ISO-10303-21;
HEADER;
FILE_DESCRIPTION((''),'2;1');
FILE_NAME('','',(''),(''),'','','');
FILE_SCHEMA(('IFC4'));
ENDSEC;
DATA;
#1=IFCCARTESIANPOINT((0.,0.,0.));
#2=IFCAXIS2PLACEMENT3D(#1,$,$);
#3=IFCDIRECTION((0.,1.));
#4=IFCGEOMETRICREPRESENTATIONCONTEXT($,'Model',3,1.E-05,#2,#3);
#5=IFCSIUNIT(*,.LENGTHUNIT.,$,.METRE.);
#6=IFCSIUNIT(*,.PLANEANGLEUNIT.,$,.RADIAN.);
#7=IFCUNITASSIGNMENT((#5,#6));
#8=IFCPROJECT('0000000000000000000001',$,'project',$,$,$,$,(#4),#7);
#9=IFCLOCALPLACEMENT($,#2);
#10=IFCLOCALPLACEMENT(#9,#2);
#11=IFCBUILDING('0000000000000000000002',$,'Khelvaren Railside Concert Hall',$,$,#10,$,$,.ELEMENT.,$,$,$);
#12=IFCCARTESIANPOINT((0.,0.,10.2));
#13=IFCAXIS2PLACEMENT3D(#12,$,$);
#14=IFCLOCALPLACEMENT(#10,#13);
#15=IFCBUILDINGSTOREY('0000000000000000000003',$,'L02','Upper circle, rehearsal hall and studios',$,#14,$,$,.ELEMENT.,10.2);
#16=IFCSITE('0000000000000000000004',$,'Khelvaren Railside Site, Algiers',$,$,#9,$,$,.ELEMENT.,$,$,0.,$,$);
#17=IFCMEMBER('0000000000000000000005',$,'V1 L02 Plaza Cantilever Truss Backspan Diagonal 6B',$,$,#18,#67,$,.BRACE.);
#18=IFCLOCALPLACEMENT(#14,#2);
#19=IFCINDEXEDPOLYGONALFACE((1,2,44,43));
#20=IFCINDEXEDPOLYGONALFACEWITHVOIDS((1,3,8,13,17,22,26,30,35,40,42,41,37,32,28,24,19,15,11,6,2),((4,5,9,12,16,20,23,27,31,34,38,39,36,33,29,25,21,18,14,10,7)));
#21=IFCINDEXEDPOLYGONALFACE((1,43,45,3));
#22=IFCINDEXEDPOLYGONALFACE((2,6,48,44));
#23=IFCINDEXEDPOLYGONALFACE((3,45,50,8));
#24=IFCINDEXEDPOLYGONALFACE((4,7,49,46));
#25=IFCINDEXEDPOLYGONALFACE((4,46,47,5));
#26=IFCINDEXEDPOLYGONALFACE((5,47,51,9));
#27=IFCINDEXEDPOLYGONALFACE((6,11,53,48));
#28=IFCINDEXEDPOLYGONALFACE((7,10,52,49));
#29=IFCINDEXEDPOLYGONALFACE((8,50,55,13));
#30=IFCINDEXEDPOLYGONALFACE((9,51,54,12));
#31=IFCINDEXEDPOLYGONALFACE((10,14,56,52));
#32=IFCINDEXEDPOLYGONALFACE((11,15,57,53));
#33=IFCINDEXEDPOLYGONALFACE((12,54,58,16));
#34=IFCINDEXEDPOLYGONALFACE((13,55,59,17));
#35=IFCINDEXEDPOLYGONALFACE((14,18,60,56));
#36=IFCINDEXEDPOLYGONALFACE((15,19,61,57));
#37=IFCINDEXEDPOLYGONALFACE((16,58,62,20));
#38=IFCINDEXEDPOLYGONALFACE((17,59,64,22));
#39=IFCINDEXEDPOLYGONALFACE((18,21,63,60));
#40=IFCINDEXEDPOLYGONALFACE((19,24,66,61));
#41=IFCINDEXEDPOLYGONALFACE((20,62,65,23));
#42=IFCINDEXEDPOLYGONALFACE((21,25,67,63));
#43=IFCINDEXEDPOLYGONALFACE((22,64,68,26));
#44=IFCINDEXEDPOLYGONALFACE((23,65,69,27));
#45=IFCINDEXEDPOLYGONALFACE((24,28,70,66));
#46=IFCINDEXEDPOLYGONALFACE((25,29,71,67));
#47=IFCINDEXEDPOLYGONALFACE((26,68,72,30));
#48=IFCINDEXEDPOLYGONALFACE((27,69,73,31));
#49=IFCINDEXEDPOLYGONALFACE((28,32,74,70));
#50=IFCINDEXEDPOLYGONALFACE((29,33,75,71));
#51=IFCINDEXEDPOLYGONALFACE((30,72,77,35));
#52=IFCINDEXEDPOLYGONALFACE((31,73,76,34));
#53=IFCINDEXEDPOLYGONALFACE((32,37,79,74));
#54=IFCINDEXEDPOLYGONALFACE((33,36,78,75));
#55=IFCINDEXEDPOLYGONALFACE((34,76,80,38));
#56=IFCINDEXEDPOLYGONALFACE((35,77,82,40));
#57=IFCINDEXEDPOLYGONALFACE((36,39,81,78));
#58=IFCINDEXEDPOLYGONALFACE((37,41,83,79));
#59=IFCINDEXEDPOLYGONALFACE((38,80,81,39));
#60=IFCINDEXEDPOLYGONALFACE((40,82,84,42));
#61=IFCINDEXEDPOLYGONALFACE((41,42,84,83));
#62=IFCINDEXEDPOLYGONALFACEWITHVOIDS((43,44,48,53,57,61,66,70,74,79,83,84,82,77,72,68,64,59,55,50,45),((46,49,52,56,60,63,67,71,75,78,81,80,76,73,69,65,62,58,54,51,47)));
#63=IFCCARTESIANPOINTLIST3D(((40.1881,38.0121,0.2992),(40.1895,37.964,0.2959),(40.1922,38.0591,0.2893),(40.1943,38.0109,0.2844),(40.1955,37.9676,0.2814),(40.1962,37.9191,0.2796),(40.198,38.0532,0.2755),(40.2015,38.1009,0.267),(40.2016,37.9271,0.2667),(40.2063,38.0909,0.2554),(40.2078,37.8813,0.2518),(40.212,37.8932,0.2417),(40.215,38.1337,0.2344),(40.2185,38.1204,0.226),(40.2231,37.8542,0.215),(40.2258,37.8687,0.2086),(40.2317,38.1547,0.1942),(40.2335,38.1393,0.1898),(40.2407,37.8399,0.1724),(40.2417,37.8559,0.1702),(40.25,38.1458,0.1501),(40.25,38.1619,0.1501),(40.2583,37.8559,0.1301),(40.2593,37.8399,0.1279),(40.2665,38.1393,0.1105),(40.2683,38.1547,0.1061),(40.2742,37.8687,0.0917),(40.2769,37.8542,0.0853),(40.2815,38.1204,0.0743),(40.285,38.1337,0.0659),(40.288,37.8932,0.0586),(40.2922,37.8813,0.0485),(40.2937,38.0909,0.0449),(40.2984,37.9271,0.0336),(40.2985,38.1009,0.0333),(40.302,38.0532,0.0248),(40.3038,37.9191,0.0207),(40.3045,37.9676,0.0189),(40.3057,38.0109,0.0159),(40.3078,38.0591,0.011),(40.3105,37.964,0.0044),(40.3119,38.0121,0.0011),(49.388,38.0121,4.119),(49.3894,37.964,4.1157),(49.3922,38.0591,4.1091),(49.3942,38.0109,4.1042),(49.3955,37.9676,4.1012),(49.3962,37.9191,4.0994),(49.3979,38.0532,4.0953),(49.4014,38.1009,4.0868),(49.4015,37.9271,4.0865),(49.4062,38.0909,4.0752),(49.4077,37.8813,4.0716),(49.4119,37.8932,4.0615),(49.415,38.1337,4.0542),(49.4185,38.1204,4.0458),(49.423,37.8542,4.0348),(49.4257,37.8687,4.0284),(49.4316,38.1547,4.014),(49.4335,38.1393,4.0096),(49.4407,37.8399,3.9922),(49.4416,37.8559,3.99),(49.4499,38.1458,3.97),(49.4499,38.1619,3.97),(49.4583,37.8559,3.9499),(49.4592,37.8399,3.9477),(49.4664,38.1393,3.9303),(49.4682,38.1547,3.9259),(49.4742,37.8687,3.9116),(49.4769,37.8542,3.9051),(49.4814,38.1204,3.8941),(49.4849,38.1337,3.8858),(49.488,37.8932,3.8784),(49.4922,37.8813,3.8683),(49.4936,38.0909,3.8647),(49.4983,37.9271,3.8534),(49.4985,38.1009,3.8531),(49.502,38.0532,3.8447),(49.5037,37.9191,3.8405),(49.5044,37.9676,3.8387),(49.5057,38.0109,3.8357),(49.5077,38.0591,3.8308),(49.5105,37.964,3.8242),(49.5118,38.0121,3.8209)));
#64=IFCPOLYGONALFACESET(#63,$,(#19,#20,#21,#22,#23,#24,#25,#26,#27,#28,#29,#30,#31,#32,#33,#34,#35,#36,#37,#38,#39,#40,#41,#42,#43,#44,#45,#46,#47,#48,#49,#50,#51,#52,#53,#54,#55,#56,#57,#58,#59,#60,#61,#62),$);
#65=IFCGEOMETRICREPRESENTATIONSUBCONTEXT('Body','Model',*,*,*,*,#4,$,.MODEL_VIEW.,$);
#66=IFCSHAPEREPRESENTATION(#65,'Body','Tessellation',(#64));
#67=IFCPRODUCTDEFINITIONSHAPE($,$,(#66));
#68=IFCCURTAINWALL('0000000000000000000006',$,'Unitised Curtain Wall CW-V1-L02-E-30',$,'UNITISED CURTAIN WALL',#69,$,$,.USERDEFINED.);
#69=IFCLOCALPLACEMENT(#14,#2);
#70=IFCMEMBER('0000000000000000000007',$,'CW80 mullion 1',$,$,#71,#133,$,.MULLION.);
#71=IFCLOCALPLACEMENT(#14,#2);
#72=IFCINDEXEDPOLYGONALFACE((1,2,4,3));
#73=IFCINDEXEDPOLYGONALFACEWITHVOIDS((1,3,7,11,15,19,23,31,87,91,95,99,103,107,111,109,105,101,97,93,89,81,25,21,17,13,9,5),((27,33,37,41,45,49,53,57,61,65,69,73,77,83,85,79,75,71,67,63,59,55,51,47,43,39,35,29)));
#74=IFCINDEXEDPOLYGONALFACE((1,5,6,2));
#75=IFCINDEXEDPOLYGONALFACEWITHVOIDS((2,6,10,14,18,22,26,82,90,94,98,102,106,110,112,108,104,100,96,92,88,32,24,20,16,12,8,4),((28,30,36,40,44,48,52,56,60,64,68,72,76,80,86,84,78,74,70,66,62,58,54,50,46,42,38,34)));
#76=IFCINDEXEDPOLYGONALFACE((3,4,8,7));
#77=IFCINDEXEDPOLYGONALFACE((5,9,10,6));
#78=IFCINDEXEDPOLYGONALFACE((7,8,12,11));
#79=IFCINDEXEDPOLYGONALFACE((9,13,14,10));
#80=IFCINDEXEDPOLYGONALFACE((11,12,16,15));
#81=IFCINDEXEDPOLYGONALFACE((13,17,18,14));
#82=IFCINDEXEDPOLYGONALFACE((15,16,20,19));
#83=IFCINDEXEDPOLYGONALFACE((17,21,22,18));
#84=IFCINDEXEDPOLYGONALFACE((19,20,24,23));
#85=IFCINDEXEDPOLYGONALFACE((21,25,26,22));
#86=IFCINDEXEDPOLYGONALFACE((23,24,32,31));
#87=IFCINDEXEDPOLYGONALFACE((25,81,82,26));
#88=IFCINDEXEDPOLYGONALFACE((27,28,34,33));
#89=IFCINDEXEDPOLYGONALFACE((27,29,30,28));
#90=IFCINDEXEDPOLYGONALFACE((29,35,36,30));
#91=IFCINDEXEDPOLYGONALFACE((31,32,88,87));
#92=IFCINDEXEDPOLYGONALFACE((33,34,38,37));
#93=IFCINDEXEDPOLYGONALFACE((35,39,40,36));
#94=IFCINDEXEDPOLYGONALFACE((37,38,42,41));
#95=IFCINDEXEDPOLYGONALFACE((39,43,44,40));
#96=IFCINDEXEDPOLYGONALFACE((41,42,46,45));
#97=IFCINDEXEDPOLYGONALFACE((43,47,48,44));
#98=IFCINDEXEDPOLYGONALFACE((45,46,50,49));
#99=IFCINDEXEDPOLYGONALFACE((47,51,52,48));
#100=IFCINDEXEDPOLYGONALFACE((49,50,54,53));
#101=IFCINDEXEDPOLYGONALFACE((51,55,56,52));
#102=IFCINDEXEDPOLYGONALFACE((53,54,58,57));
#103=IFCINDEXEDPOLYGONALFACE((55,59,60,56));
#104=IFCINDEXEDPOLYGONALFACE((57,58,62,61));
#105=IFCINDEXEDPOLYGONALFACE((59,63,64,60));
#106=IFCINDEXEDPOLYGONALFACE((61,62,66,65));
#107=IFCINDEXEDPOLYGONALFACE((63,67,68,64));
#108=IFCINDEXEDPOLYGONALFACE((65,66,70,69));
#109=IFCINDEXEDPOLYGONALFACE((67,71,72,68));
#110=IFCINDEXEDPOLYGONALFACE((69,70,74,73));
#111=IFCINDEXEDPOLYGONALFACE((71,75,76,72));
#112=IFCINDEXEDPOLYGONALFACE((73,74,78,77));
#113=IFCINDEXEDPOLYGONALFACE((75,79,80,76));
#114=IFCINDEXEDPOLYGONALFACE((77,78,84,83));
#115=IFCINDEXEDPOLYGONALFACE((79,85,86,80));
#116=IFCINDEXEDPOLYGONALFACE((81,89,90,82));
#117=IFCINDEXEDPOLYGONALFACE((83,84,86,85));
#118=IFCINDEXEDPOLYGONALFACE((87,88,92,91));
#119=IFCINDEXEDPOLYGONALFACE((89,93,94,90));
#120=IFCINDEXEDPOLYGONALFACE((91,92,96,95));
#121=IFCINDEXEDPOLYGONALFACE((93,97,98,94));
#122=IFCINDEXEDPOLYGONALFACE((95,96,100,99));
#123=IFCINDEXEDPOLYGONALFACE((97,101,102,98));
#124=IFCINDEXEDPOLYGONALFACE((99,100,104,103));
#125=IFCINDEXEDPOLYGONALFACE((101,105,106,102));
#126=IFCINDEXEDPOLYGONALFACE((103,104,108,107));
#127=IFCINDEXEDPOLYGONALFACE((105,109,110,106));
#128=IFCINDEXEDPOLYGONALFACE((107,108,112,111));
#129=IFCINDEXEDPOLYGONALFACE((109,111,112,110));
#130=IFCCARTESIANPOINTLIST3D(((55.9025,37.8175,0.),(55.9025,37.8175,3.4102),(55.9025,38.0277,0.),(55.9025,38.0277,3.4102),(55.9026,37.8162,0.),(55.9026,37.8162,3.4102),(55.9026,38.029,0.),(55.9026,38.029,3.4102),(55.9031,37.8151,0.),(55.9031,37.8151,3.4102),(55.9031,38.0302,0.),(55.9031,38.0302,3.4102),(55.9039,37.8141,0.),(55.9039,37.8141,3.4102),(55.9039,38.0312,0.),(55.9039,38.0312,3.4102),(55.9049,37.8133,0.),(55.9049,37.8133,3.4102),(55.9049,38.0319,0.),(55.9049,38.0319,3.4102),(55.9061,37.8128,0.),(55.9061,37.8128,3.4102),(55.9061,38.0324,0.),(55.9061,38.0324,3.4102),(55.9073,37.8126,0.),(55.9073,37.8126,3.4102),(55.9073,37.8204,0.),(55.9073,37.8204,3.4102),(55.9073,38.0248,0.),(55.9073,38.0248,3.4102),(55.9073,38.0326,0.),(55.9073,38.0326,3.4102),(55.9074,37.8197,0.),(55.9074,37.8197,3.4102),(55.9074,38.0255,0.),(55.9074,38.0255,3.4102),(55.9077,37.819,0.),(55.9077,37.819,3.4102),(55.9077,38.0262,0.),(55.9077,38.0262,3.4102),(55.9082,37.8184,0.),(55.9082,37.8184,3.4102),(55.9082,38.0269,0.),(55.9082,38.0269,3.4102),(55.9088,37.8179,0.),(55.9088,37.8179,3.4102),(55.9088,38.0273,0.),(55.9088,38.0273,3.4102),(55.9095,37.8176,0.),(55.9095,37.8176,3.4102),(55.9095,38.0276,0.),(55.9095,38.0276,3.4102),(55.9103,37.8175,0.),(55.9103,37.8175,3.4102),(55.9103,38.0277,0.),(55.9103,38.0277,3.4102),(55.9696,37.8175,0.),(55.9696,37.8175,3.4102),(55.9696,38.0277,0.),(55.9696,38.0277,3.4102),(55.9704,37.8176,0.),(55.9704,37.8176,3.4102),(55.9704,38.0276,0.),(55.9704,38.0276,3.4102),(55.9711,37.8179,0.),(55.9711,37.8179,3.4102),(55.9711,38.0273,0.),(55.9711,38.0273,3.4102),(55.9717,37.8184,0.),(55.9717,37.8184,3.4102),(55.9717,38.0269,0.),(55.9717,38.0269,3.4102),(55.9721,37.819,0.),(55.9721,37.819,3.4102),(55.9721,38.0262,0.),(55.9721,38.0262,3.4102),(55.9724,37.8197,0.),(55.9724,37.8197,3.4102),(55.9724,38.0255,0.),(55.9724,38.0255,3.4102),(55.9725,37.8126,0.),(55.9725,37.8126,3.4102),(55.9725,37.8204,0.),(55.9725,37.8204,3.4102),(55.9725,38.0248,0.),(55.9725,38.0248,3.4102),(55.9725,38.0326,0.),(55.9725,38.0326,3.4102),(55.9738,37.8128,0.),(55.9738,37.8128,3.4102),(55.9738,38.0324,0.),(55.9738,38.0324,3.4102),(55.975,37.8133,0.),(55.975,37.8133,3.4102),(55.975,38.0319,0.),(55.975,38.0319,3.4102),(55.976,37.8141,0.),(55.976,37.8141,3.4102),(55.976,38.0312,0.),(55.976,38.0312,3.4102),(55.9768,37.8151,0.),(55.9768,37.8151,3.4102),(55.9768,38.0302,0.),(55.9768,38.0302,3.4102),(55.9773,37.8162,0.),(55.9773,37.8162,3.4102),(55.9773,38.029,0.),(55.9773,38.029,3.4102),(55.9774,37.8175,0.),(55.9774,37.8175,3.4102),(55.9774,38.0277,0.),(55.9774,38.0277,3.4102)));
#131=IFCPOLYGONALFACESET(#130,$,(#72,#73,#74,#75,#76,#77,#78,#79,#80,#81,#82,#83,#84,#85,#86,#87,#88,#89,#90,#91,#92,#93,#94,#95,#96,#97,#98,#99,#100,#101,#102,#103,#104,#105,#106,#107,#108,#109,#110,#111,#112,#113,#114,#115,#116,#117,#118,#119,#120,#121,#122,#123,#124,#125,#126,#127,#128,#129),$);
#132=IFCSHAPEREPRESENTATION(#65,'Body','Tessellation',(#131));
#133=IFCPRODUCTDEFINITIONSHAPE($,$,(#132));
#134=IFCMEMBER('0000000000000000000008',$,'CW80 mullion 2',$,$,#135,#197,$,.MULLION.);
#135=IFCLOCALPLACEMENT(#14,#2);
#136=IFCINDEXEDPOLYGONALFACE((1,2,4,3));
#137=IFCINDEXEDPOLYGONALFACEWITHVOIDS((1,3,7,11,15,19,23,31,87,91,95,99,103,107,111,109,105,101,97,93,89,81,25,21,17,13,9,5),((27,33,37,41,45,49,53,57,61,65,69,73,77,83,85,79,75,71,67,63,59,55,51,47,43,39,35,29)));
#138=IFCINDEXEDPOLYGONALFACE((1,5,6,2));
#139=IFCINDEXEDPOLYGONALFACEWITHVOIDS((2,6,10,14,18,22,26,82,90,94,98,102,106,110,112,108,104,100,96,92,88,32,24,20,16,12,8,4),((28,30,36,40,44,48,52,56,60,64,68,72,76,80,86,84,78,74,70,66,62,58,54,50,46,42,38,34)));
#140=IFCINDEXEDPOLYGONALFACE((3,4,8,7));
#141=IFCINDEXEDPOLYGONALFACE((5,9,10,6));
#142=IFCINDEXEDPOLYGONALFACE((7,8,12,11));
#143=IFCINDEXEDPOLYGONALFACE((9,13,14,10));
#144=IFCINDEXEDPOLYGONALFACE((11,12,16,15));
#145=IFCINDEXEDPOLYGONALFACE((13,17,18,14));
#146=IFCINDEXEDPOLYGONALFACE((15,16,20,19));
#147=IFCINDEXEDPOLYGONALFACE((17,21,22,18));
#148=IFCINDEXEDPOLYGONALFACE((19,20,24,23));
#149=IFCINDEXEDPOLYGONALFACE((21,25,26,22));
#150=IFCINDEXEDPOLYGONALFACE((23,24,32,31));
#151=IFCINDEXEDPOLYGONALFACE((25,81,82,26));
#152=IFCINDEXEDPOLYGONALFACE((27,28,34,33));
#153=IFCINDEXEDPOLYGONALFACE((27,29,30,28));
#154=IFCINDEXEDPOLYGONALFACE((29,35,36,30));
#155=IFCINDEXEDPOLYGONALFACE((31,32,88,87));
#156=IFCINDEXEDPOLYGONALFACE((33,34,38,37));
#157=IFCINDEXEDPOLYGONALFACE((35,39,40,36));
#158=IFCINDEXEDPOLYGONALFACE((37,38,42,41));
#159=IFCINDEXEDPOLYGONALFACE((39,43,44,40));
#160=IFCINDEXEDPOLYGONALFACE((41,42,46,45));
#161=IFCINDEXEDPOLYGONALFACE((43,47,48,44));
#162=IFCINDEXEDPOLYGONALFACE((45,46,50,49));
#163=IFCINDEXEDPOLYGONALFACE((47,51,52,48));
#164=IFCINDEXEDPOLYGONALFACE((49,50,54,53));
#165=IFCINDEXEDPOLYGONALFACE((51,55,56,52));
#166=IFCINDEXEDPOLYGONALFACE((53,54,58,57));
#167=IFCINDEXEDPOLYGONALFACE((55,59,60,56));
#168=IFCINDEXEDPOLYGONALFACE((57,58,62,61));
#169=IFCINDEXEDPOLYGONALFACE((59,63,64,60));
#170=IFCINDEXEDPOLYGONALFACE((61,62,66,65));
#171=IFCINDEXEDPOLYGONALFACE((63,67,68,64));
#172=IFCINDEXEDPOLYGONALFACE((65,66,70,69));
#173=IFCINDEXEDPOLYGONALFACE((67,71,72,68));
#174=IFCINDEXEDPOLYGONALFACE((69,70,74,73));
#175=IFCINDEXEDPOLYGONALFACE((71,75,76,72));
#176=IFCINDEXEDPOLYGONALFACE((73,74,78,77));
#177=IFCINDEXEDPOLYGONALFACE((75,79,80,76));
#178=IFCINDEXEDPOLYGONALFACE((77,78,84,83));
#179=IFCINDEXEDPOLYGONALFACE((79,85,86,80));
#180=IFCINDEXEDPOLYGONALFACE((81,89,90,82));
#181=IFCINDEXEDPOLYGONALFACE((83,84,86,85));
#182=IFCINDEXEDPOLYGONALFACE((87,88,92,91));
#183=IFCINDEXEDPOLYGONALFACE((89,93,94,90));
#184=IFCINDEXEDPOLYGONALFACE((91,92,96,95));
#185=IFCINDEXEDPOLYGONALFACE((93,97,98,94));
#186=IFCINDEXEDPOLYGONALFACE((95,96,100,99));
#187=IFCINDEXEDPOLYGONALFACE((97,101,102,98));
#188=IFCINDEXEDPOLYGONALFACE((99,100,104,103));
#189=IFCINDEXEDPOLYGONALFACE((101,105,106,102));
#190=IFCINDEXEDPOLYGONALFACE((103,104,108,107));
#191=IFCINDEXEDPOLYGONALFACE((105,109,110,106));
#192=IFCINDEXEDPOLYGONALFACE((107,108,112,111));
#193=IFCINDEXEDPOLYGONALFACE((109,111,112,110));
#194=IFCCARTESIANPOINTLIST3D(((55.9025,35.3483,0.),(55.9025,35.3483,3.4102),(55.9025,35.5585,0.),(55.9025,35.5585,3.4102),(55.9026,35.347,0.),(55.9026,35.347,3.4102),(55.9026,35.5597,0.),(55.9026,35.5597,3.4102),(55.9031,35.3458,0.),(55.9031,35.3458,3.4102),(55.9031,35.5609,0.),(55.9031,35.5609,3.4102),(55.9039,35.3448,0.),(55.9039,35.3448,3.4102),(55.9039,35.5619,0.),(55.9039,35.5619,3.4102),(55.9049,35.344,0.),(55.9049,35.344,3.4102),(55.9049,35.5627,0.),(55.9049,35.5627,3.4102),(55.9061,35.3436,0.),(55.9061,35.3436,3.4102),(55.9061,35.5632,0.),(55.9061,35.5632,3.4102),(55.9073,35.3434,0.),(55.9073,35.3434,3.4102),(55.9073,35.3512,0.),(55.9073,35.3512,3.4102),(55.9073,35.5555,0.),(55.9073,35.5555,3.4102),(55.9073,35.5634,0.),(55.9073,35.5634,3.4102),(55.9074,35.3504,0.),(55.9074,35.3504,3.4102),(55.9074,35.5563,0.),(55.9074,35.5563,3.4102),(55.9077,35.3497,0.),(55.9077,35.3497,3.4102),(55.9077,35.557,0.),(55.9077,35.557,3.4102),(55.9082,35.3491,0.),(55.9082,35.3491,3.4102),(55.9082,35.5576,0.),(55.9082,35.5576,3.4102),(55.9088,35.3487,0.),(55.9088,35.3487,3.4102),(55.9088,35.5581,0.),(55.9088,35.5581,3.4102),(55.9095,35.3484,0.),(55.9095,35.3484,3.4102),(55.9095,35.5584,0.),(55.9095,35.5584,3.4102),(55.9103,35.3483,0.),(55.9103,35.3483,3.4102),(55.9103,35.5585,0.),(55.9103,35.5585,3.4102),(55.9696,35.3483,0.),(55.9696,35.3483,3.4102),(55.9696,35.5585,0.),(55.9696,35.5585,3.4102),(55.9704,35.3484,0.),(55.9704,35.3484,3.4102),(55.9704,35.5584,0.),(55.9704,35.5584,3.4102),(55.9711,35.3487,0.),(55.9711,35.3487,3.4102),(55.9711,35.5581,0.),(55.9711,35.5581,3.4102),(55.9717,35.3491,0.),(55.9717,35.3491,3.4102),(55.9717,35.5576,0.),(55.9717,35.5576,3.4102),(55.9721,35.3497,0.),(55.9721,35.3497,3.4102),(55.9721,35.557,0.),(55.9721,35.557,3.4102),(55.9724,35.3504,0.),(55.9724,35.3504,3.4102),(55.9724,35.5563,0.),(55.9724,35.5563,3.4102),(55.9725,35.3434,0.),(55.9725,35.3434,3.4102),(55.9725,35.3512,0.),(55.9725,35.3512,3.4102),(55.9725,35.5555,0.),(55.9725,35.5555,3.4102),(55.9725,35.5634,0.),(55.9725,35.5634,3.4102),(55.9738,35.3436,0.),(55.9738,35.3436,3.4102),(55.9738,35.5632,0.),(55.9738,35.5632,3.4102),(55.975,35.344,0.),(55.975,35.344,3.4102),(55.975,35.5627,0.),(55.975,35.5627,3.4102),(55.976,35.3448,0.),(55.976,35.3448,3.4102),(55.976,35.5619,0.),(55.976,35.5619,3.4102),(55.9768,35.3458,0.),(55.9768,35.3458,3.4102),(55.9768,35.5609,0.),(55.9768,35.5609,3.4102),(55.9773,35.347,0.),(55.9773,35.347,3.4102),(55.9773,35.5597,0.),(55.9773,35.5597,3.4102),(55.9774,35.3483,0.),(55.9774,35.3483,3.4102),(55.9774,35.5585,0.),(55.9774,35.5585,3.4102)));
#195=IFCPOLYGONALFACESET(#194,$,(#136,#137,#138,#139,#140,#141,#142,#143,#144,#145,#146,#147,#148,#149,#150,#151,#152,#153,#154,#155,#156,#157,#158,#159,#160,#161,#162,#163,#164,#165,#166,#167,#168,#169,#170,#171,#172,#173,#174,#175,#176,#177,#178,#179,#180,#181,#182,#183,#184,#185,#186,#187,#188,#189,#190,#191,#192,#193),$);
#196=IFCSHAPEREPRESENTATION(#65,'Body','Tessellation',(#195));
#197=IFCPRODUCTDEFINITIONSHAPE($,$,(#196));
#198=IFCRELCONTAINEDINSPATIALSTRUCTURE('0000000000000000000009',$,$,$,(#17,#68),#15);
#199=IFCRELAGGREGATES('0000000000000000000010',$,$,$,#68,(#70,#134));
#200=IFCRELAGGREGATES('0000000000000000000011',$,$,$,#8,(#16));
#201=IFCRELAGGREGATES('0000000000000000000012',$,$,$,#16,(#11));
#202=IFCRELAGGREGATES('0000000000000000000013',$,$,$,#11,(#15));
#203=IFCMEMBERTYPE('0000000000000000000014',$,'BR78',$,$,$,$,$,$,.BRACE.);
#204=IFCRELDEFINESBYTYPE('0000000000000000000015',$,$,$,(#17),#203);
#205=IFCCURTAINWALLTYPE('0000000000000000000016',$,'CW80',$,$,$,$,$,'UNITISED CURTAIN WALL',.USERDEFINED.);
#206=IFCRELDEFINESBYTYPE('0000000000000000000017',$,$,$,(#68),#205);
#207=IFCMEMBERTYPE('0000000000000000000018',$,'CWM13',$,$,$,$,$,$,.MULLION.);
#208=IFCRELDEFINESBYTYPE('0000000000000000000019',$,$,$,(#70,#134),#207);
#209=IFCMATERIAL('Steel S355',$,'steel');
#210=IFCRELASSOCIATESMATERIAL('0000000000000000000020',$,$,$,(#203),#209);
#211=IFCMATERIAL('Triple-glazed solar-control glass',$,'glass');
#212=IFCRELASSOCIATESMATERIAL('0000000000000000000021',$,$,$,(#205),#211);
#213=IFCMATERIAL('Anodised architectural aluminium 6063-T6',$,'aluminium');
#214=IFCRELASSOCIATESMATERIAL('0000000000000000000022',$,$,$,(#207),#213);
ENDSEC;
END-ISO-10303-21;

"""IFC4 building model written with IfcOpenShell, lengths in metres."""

from ifc_helpers import new_model, si_unit, direction, frame, origin, origin_2d, place, context, subcontext, project, spatial, hollow_rectangle, hollow_circle, extrude, material, material_profile, profile_set, type_object, element, aggregate, save


model = new_model("IFC4")

# Units and contexts
model_context = context("Model", 3, precision=1e-05, world=origin(), true_north=direction((0.0, 1.0)))
body_context = subcontext(model_context, "Body", "Model", "MODEL_VIEW")
ifc_project = project(units=[si_unit("LENGTHUNIT", "METRE"), si_unit("PLANEANGLEUNIT", "RADIAN")], contexts=[model_context])

# Site, building, storey
site_placement = place(None, origin())
site = spatial("IfcSite", under=ifc_project, at=site_placement, Name="Khelvaren Railside Site, Algiers", CompositionType="ELEMENT", RefElevation=0.0)
building_placement = place(site_placement, origin())
building = spatial("IfcBuilding", under=site, at=building_placement, Name="Khelvaren Railside Concert Hall", CompositionType="ELEMENT")
storey_placement = place(building_placement, frame((0.0, 0.0, 10.2)))
storey = spatial("IfcBuildingStorey", under=building, at=storey_placement, Name="L02", Description="Upper circle, rehearsal hall and studios", CompositionType="ELEMENT", Elevation=10.2)

# Shared definitions
ifc_material_1 = material(Name="Steel S355", Category="steel")

# Member
ifc_material_profile_1 = material_profile(ifc_material_1, hollow_circle(Radius=0.1619, WallThickness=0.0161, at=origin_2d()), Name="CHS 323.9x16")
ifc_profile_set_1 = profile_set([ifc_material_profile_1], Name="Steel S355")
member_type_1 = type_object("IfcMemberType", Name="BR78", PredefinedType="BRACE", material=ifc_profile_set_1)
member_1_placement = place(storey_placement, frame((40.25, 38.0, 0.1501), z_axis=(0.923557, 0.0, 0.383461), x_axis=(0.0, 1.0, 0.0)))
element("IfcMember", 1, at=member_1_placement, inside=storey, type_object=member_type_1, Name="V1 L02 Plaza Cantilever Truss Backspan Diagonal 6B", PredefinedType="BRACE", context=body_context, shape_type="SweptSolid", body=[
    extrude(hollow_circle(Radius=0.1619, WallThickness=0.0161, at=origin_2d()), origin(), (0.0, 0.0, 1.0), 9.9614),
])

# Curtain wall, members
ifc_material_2 = material(Name="Triple-glazed solar-control glass", Category="glass")
curtain_wall_type = type_object("IfcCurtainWallType", Name="CW80", ElementType="UNITISED CURTAIN WALL", PredefinedType="USERDEFINED", material=ifc_material_2)
curtain_wall_placement = place(storey_placement, origin())
curtain_wall = element("IfcCurtainWall", 2, at=curtain_wall_placement, inside=storey, type_object=curtain_wall_type, Name="Unitised Curtain Wall CW-V1-L02-E-30", ObjectType="UNITISED CURTAIN WALL", PredefinedType="USERDEFINED")
ifc_material_3 = material(Name="Anodised architectural aluminium 6063-T6", Category="aluminium")
ifc_material_profile_2 = material_profile(ifc_material_3, hollow_rectangle(XDim=0.075, YDim=0.22, WallThickness=0.0049, InnerFilletRadius=0.0029, OuterFilletRadius=0.0049, at=origin_2d()), Name="CWM 75x220x5")
ifc_profile_set_2 = profile_set([ifc_material_profile_2], Name="Anodised architectural aluminium 6063-T6")
member_type_2 = type_object("IfcMemberType", Name="CWM13", PredefinedType="MULLION", material=ifc_profile_set_2)
member_2_placement = place(storey_placement, frame((55.9399, 37.9226, 0.0), z_axis=(0.0, 0.0, 1.0), x_axis=(1.0, 0.0, 0.0)))
member_2 = element("IfcMember", 3, at=member_2_placement, type_object=member_type_2, Name="CW80 mullion 1", PredefinedType="MULLION", context=body_context, shape_type="SweptSolid", body=[
    extrude(hollow_rectangle(XDim=0.075, YDim=0.22, WallThickness=0.0049, InnerFilletRadius=0.0029, OuterFilletRadius=0.0049, at=origin_2d()), origin(), (0.0, 0.0, 1.0), 3.4102),
])
member_3_placement = place(storey_placement, frame((55.9399, 35.4534, 0.0), z_axis=(0.0, 0.0, 1.0), x_axis=(1.0, 0.0, 0.0)))
member_3 = element("IfcMember", 4, at=member_3_placement, type_object=member_type_2, Name="CW80 mullion 2", PredefinedType="MULLION", context=body_context, shape_type="SweptSolid", body=[
    extrude(hollow_rectangle(XDim=0.075, YDim=0.22, WallThickness=0.0049, InnerFilletRadius=0.0029, OuterFilletRadius=0.0049, at=origin_2d()), origin(), (0.0, 0.0, 1.0), 3.4102),
])

aggregate(curtain_wall, [member_2, member_3])

save(model, "model.ifc")
